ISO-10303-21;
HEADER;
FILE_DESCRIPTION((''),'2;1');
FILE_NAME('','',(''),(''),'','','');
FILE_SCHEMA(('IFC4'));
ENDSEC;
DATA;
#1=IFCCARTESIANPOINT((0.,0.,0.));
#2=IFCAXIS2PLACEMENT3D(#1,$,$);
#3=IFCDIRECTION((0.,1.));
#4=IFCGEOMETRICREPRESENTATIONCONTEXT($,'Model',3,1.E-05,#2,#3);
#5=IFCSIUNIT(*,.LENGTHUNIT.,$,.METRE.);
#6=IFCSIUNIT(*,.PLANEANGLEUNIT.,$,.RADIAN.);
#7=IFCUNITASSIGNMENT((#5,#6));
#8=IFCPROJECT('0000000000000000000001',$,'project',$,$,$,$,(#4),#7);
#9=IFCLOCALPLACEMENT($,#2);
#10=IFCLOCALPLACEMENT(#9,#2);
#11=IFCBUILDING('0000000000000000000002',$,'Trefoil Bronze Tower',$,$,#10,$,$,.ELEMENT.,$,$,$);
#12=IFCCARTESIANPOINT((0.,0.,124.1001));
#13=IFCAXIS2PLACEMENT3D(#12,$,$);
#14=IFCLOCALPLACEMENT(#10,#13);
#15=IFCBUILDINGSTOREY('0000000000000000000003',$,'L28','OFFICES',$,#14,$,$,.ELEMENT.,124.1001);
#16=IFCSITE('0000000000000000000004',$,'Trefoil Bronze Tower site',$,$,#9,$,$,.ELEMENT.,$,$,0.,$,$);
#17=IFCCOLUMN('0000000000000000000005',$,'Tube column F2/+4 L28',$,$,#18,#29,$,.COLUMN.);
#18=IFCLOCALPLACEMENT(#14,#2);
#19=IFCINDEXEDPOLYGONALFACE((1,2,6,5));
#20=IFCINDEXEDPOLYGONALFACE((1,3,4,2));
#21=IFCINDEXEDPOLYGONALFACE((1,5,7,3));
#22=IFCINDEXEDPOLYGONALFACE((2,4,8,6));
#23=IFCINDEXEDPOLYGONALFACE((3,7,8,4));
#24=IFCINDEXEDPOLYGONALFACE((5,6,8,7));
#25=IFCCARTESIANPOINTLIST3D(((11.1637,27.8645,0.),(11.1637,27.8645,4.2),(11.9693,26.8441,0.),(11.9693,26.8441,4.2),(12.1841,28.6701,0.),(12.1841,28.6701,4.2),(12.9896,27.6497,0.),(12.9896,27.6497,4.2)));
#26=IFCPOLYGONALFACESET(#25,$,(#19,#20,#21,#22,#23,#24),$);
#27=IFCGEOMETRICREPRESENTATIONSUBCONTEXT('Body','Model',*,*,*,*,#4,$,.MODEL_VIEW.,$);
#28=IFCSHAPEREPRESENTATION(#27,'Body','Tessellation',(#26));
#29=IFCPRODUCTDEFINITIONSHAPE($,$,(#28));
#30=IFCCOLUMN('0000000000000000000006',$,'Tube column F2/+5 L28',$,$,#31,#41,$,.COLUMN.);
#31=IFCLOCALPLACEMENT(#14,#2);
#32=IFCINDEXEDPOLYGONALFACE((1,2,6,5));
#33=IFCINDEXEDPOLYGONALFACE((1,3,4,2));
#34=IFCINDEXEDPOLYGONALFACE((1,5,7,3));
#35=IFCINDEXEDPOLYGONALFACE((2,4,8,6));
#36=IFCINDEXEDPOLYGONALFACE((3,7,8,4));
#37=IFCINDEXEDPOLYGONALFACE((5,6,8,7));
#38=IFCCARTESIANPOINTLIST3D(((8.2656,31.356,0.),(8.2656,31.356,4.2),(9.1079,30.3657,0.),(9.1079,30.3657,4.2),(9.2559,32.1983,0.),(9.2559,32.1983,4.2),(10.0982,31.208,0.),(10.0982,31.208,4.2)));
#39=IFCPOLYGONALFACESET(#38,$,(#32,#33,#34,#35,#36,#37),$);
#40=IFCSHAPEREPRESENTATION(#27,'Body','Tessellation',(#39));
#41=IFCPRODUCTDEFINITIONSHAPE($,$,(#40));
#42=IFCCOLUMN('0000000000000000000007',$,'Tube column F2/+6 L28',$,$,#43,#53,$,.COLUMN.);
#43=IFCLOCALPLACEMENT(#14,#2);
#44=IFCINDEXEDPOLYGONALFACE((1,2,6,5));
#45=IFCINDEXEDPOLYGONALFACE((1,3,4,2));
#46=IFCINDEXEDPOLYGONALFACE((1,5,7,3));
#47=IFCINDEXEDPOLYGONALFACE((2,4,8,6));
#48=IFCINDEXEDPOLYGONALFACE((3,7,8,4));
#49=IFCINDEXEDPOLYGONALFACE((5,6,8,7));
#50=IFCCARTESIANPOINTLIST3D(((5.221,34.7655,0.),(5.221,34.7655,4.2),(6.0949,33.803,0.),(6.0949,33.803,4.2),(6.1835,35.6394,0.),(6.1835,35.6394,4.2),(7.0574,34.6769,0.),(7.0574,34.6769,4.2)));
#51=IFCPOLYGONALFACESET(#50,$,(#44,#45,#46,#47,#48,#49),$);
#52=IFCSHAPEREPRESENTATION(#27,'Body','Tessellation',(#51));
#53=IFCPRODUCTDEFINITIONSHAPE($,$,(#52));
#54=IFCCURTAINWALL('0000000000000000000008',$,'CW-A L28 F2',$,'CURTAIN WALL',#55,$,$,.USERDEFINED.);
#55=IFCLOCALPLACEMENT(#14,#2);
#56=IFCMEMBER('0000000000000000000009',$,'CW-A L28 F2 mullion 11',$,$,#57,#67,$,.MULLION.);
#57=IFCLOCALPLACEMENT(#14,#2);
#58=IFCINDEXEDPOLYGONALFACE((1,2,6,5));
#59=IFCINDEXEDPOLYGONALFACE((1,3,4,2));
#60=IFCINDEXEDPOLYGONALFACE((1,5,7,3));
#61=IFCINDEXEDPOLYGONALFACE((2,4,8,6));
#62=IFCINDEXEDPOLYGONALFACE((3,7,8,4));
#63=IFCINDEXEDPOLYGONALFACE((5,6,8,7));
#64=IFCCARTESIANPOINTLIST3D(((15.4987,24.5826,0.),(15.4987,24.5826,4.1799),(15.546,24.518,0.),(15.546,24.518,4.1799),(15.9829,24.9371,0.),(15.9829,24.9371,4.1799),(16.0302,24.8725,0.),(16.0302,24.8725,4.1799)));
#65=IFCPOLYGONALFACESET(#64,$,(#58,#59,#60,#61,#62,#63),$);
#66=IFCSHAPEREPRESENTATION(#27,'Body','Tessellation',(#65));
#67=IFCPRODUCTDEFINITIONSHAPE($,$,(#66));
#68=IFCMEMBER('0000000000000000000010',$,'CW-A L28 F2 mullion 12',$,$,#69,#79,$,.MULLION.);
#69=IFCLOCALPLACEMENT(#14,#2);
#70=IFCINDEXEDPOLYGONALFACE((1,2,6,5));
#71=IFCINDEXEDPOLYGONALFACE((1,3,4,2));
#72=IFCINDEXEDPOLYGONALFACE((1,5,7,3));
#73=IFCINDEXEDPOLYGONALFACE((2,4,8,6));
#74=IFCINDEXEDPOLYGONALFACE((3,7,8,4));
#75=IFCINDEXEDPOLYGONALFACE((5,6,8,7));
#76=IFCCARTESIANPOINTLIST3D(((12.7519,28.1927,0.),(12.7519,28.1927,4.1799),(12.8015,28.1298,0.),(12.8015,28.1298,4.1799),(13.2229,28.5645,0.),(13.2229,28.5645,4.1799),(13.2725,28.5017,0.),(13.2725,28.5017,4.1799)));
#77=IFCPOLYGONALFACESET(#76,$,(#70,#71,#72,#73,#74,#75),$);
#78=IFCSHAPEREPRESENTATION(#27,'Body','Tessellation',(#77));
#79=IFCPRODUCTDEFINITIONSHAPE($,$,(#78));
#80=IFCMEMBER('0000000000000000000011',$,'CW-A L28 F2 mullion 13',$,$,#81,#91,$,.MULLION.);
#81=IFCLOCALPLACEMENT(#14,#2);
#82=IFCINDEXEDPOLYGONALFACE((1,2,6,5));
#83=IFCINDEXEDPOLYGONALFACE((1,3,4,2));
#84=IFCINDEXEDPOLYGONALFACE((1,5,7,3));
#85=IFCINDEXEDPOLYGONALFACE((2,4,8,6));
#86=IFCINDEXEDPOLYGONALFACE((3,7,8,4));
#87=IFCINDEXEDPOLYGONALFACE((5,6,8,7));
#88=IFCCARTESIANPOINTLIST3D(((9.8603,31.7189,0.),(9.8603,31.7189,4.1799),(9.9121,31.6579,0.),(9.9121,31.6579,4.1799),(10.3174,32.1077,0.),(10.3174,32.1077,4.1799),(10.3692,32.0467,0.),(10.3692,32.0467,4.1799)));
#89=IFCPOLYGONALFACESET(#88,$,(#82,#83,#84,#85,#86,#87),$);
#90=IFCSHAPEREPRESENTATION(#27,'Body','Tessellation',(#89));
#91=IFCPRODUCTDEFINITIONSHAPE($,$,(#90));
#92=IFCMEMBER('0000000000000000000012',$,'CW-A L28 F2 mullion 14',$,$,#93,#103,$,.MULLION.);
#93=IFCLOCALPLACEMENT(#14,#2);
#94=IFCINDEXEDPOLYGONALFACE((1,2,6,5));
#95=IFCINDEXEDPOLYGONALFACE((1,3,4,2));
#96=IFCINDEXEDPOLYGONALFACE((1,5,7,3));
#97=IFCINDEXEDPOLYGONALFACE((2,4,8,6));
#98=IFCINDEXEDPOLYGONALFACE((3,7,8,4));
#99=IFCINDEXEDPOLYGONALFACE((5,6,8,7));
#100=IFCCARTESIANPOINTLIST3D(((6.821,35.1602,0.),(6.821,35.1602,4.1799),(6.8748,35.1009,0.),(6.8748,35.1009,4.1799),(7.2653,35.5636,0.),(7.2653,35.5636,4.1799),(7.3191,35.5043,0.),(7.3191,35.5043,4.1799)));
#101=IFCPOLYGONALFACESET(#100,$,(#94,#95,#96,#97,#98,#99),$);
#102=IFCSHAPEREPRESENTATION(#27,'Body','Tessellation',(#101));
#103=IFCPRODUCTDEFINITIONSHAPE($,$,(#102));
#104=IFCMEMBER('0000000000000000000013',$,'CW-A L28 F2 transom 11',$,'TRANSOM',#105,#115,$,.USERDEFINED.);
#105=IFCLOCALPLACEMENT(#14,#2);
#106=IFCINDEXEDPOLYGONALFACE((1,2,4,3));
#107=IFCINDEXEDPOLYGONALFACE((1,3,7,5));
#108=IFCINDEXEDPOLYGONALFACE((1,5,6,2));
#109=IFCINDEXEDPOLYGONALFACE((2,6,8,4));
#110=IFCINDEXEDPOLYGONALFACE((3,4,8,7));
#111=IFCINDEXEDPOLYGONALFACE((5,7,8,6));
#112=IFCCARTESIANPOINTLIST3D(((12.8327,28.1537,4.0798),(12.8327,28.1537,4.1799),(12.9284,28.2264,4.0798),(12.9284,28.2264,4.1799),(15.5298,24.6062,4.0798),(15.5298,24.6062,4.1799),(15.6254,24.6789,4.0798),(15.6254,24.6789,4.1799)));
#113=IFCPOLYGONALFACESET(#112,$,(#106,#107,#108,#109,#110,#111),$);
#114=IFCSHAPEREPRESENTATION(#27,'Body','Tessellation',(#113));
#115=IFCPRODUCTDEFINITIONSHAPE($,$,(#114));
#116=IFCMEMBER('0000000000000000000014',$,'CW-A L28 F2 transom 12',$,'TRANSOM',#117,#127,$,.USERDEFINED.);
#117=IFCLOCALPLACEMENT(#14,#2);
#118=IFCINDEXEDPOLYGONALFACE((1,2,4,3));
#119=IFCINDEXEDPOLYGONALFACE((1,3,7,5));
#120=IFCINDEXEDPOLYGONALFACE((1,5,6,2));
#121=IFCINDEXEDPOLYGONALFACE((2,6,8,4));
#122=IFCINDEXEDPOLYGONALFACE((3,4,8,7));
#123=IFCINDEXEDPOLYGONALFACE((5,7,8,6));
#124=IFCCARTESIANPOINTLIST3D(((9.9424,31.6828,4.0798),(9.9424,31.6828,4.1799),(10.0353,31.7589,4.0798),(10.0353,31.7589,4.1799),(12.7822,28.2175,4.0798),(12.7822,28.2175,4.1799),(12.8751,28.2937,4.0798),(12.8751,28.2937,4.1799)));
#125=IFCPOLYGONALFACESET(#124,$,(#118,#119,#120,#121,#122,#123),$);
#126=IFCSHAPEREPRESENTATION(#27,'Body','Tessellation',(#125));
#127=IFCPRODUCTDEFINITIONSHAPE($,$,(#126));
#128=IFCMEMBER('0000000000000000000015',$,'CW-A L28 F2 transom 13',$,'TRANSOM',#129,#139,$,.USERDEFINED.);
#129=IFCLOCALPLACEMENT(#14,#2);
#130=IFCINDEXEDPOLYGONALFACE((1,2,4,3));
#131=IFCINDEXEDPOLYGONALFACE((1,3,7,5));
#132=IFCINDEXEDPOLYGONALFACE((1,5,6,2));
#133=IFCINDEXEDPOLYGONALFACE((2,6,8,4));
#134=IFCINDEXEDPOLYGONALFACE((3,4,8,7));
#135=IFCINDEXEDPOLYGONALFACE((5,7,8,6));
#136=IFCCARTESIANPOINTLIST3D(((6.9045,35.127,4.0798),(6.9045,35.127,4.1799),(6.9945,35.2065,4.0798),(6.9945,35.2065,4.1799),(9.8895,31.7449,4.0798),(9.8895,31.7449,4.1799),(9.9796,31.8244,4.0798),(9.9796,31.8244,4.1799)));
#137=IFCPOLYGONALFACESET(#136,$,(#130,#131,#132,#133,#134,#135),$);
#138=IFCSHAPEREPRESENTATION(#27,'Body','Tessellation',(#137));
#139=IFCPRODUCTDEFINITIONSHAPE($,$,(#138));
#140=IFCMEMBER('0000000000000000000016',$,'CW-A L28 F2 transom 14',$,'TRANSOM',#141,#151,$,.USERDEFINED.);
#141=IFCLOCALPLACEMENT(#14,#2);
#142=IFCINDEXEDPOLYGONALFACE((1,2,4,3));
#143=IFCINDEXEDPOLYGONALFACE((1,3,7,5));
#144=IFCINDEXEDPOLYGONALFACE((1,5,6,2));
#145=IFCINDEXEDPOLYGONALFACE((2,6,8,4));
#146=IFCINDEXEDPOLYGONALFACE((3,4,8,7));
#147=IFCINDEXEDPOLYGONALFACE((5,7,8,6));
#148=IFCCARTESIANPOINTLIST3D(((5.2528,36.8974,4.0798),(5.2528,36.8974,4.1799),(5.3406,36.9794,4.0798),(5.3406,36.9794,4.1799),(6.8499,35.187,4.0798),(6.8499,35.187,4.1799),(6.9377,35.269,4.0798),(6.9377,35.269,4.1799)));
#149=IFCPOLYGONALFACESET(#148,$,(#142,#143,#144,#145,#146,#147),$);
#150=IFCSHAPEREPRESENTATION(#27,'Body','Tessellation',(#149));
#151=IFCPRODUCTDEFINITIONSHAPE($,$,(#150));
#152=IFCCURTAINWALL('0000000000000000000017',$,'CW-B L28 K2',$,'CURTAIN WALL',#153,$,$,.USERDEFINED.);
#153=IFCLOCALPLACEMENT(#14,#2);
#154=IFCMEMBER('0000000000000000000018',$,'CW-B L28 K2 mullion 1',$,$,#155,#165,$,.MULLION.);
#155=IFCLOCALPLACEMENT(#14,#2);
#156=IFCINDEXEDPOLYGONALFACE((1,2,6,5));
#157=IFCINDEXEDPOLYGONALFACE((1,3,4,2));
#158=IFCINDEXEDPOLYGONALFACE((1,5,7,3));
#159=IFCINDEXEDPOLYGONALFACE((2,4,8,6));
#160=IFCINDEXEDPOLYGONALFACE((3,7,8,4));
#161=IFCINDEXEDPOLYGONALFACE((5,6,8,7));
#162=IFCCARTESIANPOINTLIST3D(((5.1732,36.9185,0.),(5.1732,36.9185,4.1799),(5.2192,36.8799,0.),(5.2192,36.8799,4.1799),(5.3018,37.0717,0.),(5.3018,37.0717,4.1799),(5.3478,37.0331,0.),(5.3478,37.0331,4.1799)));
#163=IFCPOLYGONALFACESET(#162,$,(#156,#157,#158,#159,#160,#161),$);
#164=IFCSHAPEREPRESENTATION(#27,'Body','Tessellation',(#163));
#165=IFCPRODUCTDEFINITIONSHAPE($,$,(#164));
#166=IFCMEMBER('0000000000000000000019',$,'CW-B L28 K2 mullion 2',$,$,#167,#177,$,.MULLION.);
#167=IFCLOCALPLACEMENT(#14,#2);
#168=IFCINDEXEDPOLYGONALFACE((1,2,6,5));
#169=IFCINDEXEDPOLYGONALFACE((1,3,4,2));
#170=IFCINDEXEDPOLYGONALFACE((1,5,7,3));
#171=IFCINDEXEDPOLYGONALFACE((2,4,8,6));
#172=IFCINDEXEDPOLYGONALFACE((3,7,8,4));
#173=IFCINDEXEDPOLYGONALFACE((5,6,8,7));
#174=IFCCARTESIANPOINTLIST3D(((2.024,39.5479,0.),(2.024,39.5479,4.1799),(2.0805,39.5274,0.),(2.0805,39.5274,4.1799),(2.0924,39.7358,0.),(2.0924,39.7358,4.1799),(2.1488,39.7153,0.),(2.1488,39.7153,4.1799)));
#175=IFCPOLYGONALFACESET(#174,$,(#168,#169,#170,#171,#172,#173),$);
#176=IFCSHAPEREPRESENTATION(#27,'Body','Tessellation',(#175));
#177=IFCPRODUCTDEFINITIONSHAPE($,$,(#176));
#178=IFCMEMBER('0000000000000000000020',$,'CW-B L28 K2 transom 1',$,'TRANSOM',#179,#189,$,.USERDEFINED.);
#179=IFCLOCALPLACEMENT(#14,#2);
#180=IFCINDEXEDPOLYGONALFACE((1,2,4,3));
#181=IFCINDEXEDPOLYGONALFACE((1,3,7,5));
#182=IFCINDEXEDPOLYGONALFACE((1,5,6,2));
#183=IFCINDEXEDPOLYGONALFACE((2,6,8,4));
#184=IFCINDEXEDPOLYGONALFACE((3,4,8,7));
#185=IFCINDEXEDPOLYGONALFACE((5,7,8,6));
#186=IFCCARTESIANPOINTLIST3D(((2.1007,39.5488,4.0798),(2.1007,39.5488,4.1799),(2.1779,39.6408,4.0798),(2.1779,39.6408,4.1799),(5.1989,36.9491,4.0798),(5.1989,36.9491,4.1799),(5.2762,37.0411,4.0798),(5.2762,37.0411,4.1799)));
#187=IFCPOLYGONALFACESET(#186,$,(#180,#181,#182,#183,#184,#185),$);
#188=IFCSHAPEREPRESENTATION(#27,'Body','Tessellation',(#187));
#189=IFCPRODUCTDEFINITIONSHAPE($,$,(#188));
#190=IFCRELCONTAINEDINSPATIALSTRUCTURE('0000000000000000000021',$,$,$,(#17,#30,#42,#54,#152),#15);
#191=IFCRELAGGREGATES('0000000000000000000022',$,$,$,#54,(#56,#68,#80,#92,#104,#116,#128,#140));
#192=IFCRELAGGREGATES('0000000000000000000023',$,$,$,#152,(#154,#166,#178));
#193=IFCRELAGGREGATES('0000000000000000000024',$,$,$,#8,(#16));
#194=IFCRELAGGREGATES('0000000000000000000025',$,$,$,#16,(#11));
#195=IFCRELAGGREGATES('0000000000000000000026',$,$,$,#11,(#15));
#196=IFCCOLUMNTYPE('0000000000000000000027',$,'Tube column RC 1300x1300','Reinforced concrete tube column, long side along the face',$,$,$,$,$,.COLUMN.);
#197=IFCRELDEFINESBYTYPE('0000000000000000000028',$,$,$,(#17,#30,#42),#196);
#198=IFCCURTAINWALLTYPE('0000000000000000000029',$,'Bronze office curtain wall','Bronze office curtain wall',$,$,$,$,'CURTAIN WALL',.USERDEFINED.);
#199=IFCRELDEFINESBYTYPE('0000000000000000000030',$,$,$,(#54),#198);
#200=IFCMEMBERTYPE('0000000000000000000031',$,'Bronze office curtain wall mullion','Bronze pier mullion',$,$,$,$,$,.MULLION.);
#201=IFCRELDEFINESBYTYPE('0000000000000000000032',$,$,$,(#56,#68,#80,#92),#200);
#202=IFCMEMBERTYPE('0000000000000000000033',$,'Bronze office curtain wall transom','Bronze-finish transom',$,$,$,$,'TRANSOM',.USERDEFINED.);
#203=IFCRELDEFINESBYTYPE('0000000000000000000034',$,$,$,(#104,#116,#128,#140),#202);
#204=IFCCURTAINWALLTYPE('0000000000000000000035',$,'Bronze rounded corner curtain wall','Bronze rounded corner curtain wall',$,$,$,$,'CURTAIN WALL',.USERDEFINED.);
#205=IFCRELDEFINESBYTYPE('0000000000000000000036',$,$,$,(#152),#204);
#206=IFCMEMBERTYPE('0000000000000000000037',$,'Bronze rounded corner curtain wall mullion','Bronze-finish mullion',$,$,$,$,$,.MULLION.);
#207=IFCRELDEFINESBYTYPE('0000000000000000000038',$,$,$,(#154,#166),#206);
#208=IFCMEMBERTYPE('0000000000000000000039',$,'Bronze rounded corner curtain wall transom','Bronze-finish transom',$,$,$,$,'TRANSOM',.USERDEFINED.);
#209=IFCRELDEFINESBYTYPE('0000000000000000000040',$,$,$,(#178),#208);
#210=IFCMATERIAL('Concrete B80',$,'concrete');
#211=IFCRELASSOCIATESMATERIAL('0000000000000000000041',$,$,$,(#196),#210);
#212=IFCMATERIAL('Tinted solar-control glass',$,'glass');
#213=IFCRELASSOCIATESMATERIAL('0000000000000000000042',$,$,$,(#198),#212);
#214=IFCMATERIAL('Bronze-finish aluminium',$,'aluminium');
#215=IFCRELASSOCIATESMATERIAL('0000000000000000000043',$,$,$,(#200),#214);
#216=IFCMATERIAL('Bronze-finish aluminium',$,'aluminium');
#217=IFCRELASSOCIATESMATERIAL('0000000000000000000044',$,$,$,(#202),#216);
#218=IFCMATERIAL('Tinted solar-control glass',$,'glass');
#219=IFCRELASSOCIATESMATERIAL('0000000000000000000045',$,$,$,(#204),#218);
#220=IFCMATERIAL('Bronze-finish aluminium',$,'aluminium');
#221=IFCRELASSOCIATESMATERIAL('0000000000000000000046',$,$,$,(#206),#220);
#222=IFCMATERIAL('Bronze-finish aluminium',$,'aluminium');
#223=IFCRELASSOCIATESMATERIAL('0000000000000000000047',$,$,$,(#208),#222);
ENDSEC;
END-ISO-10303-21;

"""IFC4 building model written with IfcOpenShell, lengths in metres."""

from ifc_helpers import new_model, si_unit, direction, frame, origin, origin_2d, place, context, subcontext, project, spatial, rectangle, extrude, material, material_profile, profile_set, type_object, element, aggregate, save


model = new_model("IFC4")

# Units and contexts
model_context = context("Model", 3, precision=1e-05, world=origin(), true_north=direction((0.0, 1.0)))
body_context = subcontext(model_context, "Body", "Model", "MODEL_VIEW")
ifc_project = project(units=[si_unit("LENGTHUNIT", "METRE"), si_unit("PLANEANGLEUNIT", "RADIAN")], contexts=[model_context])

# Site, building, storey
site_placement = place(None, origin())
site = spatial("IfcSite", under=ifc_project, at=site_placement, Name="Trefoil Bronze Tower site", CompositionType="ELEMENT", RefElevation=0.0)
building_placement = place(site_placement, origin())
building = spatial("IfcBuilding", under=site, at=building_placement, Name="Trefoil Bronze Tower", CompositionType="ELEMENT")
storey_placement = place(building_placement, frame((0.0, 0.0, 124.1001)))
storey = spatial("IfcBuildingStorey", under=building, at=storey_placement, Name="L28", Description="OFFICES", CompositionType="ELEMENT", Elevation=124.1001)

# Columns
ifc_material_1 = material(Name="Concrete B80", Category="concrete")
ifc_material_profile_1 = material_profile(ifc_material_1, rectangle(XDim=1.3, YDim=1.3, at=origin_2d()), Name="RC 1300x1300")
ifc_profile_set_1 = profile_set([ifc_material_profile_1], Name="Concrete B80")
column_type = type_object("IfcColumnType", Name="Tube column RC 1300x1300", Description="Reinforced concrete tube column, long side along the face", PredefinedType="COLUMN", material=ifc_profile_set_1)
for number, where, z_axis, x_axis, name in (
    (1, (12.0767, 27.7571, 0.0), (0.0, 0.0, 1.0), (-0.619649, 0.784879, 0.0), "Tube column F2/+4 L28"),
    (2, (9.1819, 31.282, 0.0), (0.0, 0.0, 1.0), (-0.647904, 0.761722, 0.0), "Tube column F2/+5 L28"),
    (3, (6.1392, 34.7212, 0.0), (0.0, 0.0, 1.0), (-0.67221, 0.740361, 0.0), "Tube column F2/+6 L28"),
):
    element("IfcColumn", number, at=place(storey_placement, frame(where, z_axis=z_axis, x_axis=x_axis)), inside=storey, type_object=column_type, Name=name, PredefinedType="COLUMN", context=body_context, shape_type="SweptSolid", body=[
        extrude(rectangle(XDim=1.3, YDim=1.3, at=origin_2d()), origin(), (0.0, 0.0, 1.0), 4.2),
    ])

# Curtain walls, members
ifc_material_2 = material(Name="Tinted solar-control glass", Category="glass")
curtain_wall_type_1 = type_object("IfcCurtainWallType", Name="Bronze office curtain wall", Description="Bronze office curtain wall", ElementType="CURTAIN WALL", PredefinedType="USERDEFINED", material=ifc_material_2)
curtain_wall_1_placement = place(storey_placement, origin())
curtain_wall_1 = element("IfcCurtainWall", 4, at=curtain_wall_1_placement, inside=storey, type_object=curtain_wall_type_1, Name="CW-A L28 F2", ObjectType="CURTAIN WALL", PredefinedType="USERDEFINED")
ifc_material_3 = material(Name="Bronze-finish aluminium", Category="aluminium")
ifc_material_profile_2 = material_profile(ifc_material_3, rectangle(XDim=0.6001, YDim=0.0801, at=origin_2d()), Name="CW-A mullion")
ifc_profile_set_2 = profile_set([ifc_material_profile_2], Name="Bronze-finish aluminium")
member_type_1 = type_object("IfcMemberType", Name="Bronze office curtain wall mullion", Description="Bronze pier mullion", PredefinedType="MULLION", material=ifc_profile_set_2)
member_1_placement = place(storey_placement, frame((15.7644, 24.7275, 0.0), z_axis=(0.0, 0.0, 1.0), x_axis=(-0.806875, -0.590723, 0.0)))
member_1 = element("IfcMember", 5, at=member_1_placement, type_object=member_type_1, Name="CW-A L28 F2 mullion 11", PredefinedType="MULLION", context=body_context, shape_type="SweptSolid", body=[
    extrude(rectangle(XDim=0.6001, YDim=0.0801, at=origin_2d()), origin(), (0.0, 0.0, 1.0), 4.1799),
])
member_2_placement = place(storey_placement, frame((13.0122, 28.3472, 0.0), z_axis=(0.0, 0.0, 1.0), x_axis=(-0.784879, -0.619649, 0.0)))
member_2 = element("IfcMember", 6, at=member_2_placement, type_object=member_type_1, Name="CW-A L28 F2 mullion 12", PredefinedType="MULLION", context=body_context, shape_type="SweptSolid", body=[
    extrude(rectangle(XDim=0.6001, YDim=0.0801, at=origin_2d()), origin(), (0.0, 0.0, 1.0), 4.1799),
])
member_3_placement = place(storey_placement, frame((10.1147, 31.8828, 0.0), z_axis=(0.0, 0.0, 1.0), x_axis=(-0.761722, -0.647904, 0.0)))
member_3 = element("IfcMember", 7, at=member_3_placement, type_object=member_type_1, Name="CW-A L28 F2 mullion 13", PredefinedType="MULLION", context=body_context, shape_type="SweptSolid", body=[
    extrude(rectangle(XDim=0.6001, YDim=0.0801, at=origin_2d()), origin(), (0.0, 0.0, 1.0), 4.1799),
])
member_4_placement = place(storey_placement, frame((7.0701, 35.3323, 0.0), z_axis=(0.0, 0.0, 1.0), x_axis=(-0.740361, -0.67221, 0.0)))
member_4 = element("IfcMember", 8, at=member_4_placement, type_object=member_type_1, Name="CW-A L28 F2 mullion 14", PredefinedType="MULLION", context=body_context, shape_type="SweptSolid", body=[
    extrude(rectangle(XDim=0.6001, YDim=0.0801, at=origin_2d()), origin(), (0.0, 0.0, 1.0), 4.1799),
])
ifc_material_4 = material(Name="Bronze-finish aluminium", Category="aluminium")
ifc_material_profile_3 = material_profile(ifc_material_4, rectangle(XDim=0.1201, YDim=0.1001, at=origin_2d()), Name="CW-A transom")
ifc_profile_set_3 = profile_set([ifc_material_profile_3], Name="Bronze-finish aluminium")
member_type_2 = type_object("IfcMemberType", Name="Bronze office curtain wall transom", Description="Bronze-finish transom", ElementType="TRANSOM", PredefinedType="USERDEFINED", material=ifc_profile_set_3)
member_5_placement = place(storey_placement, frame((15.5776, 24.6426, 4.1299), z_axis=(-0.605229, 0.796051, 0.0), x_axis=(-0.796051, -0.605229, 0.0)))
member_5 = element("IfcMember", 9, at=member_5_placement, type_object=member_type_2, Name="CW-A L28 F2 transom 11", ObjectType="TRANSOM", PredefinedType="USERDEFINED", context=body_context, shape_type="SweptSolid", body=[
    extrude(rectangle(XDim=0.1201, YDim=0.1001, at=origin_2d()), origin(), (0.0, 0.0, 1.0), 4.4563),
])
member_6_placement = place(storey_placement, frame((12.8286, 28.2556, 4.1299), z_axis=(-0.633849, 0.773457, 0.0), x_axis=(-0.773457, -0.633849, 0.0)))
member_6 = element("IfcMember", 10, at=member_6_placement, type_object=member_type_2, Name="CW-A L28 F2 transom 12", ObjectType="TRANSOM", PredefinedType="USERDEFINED", context=body_context, shape_type="SweptSolid", body=[
    extrude(rectangle(XDim=0.1201, YDim=0.1001, at=origin_2d()), origin(), (0.0, 0.0, 1.0), 4.4802),
])
member_7_placement = place(storey_placement, frame((9.9346, 31.7847, 4.1299), z_axis=(-0.661736, 0.749737, 0.0), x_axis=(-0.749737, -0.661736, 0.0)))
member_7 = element("IfcMember", 11, at=member_7_placement, type_object=member_type_2, Name="CW-A L28 F2 transom 13", ObjectType="TRANSOM", PredefinedType="USERDEFINED", context=body_context, shape_type="SweptSolid", body=[
    extrude(rectangle(XDim=0.1201, YDim=0.1001, at=origin_2d()), origin(), (0.0, 0.0, 1.0), 4.511),
])
member_8_placement = place(storey_placement, frame((6.8938, 35.228, 4.1299), z_axis=(-0.682489, 0.730896, 0.0), x_axis=(-0.730896, -0.682489, 0.0)))
member_8 = element("IfcMember", 12, at=member_8_placement, type_object=member_type_2, Name="CW-A L28 F2 transom 14", ObjectType="TRANSOM", PredefinedType="USERDEFINED", context=body_context, shape_type="SweptSolid", body=[
    extrude(rectangle(XDim=0.1201, YDim=0.1001, at=origin_2d()), origin(), (0.0, 0.0, 1.0), 2.3401),
])
ifc_material_5 = material(Name="Tinted solar-control glass", Category="glass")
curtain_wall_type_2 = type_object("IfcCurtainWallType", Name="Bronze rounded corner curtain wall", Description="Bronze rounded corner curtain wall", ElementType="CURTAIN WALL", PredefinedType="USERDEFINED", material=ifc_material_5)
curtain_wall_2_placement = place(storey_placement, origin())
curtain_wall_2 = element("IfcCurtainWall", 13, at=curtain_wall_2_placement, inside=storey, type_object=curtain_wall_type_2, Name="CW-B L28 K2", ObjectType="CURTAIN WALL", PredefinedType="USERDEFINED")
ifc_material_6 = material(Name="Bronze-finish aluminium", Category="aluminium")
ifc_material_profile_4 = material_profile(ifc_material_6, rectangle(XDim=0.2, YDim=0.0601, at=origin_2d()), Name="CW-B mullion")
ifc_profile_set_4 = profile_set([ifc_material_profile_4], Name="Bronze-finish aluminium")
member_type_3 = type_object("IfcMemberType", Name="Bronze rounded corner curtain wall mullion", Description="Bronze-finish mullion", PredefinedType="MULLION", material=ifc_profile_set_4)
member_9_placement = place(storey_placement, frame((5.2605, 36.9758, 0.0), z_axis=(0.0, 0.0, 1.0), x_axis=(-0.642788, -0.766044, 0.0)))
member_9 = element("IfcMember", 14, at=member_9_placement, type_object=member_type_3, Name="CW-B L28 K2 mullion 1", PredefinedType="MULLION", context=body_context, shape_type="SweptSolid", body=[
    extrude(rectangle(XDim=0.2, YDim=0.0601, at=origin_2d()), origin(), (0.0, 0.0, 1.0), 4.1799),
])
member_10_placement = place(storey_placement, frame((2.0864, 39.6316, 0.0), z_axis=(0.0, 0.0, 1.0), x_axis=(-0.34202, -0.939693, 0.0)))
member_10 = element("IfcMember", 15, at=member_10_placement, type_object=member_type_3, Name="CW-B L28 K2 mullion 2", PredefinedType="MULLION", context=body_context, shape_type="SweptSolid", body=[
    extrude(rectangle(XDim=0.2, YDim=0.0601, at=origin_2d()), origin(), (0.0, 0.0, 1.0), 4.1799),
])
ifc_material_7 = material(Name="Bronze-finish aluminium", Category="aluminium")
ifc_material_profile_5 = material_profile(ifc_material_7, rectangle(XDim=0.1201, YDim=0.1001, at=origin_2d()), Name="CW-B transom")
ifc_profile_set_5 = profile_set([ifc_material_profile_5], Name="Bronze-finish aluminium")
member_type_4 = type_object("IfcMemberType", Name="Bronze rounded corner curtain wall transom", Description="Bronze-finish transom", ElementType="TRANSOM", PredefinedType="USERDEFINED", material=ifc_profile_set_5)
member_11_placement = place(storey_placement, frame((5.2375, 36.9951, 4.1299), z_axis=(-0.76605, 0.642781, 0.0), x_axis=(-0.642781, -0.76605, 0.0)))
member_11 = element("IfcMember", 16, at=member_11_placement, type_object=member_type_4, Name="CW-B L28 K2 transom 1", ObjectType="TRANSOM", PredefinedType="USERDEFINED", context=body_context, shape_type="SweptSolid", body=[
    extrude(rectangle(XDim=0.1201, YDim=0.1001, at=origin_2d()), origin(), (0.0, 0.0, 1.0), 4.0444),
])

aggregate(curtain_wall_1, [member_1, member_2, member_3, member_4, member_5, member_6, member_7, member_8])
aggregate(curtain_wall_2, [member_9, member_10, member_11])

save(model, "model.ifc")
